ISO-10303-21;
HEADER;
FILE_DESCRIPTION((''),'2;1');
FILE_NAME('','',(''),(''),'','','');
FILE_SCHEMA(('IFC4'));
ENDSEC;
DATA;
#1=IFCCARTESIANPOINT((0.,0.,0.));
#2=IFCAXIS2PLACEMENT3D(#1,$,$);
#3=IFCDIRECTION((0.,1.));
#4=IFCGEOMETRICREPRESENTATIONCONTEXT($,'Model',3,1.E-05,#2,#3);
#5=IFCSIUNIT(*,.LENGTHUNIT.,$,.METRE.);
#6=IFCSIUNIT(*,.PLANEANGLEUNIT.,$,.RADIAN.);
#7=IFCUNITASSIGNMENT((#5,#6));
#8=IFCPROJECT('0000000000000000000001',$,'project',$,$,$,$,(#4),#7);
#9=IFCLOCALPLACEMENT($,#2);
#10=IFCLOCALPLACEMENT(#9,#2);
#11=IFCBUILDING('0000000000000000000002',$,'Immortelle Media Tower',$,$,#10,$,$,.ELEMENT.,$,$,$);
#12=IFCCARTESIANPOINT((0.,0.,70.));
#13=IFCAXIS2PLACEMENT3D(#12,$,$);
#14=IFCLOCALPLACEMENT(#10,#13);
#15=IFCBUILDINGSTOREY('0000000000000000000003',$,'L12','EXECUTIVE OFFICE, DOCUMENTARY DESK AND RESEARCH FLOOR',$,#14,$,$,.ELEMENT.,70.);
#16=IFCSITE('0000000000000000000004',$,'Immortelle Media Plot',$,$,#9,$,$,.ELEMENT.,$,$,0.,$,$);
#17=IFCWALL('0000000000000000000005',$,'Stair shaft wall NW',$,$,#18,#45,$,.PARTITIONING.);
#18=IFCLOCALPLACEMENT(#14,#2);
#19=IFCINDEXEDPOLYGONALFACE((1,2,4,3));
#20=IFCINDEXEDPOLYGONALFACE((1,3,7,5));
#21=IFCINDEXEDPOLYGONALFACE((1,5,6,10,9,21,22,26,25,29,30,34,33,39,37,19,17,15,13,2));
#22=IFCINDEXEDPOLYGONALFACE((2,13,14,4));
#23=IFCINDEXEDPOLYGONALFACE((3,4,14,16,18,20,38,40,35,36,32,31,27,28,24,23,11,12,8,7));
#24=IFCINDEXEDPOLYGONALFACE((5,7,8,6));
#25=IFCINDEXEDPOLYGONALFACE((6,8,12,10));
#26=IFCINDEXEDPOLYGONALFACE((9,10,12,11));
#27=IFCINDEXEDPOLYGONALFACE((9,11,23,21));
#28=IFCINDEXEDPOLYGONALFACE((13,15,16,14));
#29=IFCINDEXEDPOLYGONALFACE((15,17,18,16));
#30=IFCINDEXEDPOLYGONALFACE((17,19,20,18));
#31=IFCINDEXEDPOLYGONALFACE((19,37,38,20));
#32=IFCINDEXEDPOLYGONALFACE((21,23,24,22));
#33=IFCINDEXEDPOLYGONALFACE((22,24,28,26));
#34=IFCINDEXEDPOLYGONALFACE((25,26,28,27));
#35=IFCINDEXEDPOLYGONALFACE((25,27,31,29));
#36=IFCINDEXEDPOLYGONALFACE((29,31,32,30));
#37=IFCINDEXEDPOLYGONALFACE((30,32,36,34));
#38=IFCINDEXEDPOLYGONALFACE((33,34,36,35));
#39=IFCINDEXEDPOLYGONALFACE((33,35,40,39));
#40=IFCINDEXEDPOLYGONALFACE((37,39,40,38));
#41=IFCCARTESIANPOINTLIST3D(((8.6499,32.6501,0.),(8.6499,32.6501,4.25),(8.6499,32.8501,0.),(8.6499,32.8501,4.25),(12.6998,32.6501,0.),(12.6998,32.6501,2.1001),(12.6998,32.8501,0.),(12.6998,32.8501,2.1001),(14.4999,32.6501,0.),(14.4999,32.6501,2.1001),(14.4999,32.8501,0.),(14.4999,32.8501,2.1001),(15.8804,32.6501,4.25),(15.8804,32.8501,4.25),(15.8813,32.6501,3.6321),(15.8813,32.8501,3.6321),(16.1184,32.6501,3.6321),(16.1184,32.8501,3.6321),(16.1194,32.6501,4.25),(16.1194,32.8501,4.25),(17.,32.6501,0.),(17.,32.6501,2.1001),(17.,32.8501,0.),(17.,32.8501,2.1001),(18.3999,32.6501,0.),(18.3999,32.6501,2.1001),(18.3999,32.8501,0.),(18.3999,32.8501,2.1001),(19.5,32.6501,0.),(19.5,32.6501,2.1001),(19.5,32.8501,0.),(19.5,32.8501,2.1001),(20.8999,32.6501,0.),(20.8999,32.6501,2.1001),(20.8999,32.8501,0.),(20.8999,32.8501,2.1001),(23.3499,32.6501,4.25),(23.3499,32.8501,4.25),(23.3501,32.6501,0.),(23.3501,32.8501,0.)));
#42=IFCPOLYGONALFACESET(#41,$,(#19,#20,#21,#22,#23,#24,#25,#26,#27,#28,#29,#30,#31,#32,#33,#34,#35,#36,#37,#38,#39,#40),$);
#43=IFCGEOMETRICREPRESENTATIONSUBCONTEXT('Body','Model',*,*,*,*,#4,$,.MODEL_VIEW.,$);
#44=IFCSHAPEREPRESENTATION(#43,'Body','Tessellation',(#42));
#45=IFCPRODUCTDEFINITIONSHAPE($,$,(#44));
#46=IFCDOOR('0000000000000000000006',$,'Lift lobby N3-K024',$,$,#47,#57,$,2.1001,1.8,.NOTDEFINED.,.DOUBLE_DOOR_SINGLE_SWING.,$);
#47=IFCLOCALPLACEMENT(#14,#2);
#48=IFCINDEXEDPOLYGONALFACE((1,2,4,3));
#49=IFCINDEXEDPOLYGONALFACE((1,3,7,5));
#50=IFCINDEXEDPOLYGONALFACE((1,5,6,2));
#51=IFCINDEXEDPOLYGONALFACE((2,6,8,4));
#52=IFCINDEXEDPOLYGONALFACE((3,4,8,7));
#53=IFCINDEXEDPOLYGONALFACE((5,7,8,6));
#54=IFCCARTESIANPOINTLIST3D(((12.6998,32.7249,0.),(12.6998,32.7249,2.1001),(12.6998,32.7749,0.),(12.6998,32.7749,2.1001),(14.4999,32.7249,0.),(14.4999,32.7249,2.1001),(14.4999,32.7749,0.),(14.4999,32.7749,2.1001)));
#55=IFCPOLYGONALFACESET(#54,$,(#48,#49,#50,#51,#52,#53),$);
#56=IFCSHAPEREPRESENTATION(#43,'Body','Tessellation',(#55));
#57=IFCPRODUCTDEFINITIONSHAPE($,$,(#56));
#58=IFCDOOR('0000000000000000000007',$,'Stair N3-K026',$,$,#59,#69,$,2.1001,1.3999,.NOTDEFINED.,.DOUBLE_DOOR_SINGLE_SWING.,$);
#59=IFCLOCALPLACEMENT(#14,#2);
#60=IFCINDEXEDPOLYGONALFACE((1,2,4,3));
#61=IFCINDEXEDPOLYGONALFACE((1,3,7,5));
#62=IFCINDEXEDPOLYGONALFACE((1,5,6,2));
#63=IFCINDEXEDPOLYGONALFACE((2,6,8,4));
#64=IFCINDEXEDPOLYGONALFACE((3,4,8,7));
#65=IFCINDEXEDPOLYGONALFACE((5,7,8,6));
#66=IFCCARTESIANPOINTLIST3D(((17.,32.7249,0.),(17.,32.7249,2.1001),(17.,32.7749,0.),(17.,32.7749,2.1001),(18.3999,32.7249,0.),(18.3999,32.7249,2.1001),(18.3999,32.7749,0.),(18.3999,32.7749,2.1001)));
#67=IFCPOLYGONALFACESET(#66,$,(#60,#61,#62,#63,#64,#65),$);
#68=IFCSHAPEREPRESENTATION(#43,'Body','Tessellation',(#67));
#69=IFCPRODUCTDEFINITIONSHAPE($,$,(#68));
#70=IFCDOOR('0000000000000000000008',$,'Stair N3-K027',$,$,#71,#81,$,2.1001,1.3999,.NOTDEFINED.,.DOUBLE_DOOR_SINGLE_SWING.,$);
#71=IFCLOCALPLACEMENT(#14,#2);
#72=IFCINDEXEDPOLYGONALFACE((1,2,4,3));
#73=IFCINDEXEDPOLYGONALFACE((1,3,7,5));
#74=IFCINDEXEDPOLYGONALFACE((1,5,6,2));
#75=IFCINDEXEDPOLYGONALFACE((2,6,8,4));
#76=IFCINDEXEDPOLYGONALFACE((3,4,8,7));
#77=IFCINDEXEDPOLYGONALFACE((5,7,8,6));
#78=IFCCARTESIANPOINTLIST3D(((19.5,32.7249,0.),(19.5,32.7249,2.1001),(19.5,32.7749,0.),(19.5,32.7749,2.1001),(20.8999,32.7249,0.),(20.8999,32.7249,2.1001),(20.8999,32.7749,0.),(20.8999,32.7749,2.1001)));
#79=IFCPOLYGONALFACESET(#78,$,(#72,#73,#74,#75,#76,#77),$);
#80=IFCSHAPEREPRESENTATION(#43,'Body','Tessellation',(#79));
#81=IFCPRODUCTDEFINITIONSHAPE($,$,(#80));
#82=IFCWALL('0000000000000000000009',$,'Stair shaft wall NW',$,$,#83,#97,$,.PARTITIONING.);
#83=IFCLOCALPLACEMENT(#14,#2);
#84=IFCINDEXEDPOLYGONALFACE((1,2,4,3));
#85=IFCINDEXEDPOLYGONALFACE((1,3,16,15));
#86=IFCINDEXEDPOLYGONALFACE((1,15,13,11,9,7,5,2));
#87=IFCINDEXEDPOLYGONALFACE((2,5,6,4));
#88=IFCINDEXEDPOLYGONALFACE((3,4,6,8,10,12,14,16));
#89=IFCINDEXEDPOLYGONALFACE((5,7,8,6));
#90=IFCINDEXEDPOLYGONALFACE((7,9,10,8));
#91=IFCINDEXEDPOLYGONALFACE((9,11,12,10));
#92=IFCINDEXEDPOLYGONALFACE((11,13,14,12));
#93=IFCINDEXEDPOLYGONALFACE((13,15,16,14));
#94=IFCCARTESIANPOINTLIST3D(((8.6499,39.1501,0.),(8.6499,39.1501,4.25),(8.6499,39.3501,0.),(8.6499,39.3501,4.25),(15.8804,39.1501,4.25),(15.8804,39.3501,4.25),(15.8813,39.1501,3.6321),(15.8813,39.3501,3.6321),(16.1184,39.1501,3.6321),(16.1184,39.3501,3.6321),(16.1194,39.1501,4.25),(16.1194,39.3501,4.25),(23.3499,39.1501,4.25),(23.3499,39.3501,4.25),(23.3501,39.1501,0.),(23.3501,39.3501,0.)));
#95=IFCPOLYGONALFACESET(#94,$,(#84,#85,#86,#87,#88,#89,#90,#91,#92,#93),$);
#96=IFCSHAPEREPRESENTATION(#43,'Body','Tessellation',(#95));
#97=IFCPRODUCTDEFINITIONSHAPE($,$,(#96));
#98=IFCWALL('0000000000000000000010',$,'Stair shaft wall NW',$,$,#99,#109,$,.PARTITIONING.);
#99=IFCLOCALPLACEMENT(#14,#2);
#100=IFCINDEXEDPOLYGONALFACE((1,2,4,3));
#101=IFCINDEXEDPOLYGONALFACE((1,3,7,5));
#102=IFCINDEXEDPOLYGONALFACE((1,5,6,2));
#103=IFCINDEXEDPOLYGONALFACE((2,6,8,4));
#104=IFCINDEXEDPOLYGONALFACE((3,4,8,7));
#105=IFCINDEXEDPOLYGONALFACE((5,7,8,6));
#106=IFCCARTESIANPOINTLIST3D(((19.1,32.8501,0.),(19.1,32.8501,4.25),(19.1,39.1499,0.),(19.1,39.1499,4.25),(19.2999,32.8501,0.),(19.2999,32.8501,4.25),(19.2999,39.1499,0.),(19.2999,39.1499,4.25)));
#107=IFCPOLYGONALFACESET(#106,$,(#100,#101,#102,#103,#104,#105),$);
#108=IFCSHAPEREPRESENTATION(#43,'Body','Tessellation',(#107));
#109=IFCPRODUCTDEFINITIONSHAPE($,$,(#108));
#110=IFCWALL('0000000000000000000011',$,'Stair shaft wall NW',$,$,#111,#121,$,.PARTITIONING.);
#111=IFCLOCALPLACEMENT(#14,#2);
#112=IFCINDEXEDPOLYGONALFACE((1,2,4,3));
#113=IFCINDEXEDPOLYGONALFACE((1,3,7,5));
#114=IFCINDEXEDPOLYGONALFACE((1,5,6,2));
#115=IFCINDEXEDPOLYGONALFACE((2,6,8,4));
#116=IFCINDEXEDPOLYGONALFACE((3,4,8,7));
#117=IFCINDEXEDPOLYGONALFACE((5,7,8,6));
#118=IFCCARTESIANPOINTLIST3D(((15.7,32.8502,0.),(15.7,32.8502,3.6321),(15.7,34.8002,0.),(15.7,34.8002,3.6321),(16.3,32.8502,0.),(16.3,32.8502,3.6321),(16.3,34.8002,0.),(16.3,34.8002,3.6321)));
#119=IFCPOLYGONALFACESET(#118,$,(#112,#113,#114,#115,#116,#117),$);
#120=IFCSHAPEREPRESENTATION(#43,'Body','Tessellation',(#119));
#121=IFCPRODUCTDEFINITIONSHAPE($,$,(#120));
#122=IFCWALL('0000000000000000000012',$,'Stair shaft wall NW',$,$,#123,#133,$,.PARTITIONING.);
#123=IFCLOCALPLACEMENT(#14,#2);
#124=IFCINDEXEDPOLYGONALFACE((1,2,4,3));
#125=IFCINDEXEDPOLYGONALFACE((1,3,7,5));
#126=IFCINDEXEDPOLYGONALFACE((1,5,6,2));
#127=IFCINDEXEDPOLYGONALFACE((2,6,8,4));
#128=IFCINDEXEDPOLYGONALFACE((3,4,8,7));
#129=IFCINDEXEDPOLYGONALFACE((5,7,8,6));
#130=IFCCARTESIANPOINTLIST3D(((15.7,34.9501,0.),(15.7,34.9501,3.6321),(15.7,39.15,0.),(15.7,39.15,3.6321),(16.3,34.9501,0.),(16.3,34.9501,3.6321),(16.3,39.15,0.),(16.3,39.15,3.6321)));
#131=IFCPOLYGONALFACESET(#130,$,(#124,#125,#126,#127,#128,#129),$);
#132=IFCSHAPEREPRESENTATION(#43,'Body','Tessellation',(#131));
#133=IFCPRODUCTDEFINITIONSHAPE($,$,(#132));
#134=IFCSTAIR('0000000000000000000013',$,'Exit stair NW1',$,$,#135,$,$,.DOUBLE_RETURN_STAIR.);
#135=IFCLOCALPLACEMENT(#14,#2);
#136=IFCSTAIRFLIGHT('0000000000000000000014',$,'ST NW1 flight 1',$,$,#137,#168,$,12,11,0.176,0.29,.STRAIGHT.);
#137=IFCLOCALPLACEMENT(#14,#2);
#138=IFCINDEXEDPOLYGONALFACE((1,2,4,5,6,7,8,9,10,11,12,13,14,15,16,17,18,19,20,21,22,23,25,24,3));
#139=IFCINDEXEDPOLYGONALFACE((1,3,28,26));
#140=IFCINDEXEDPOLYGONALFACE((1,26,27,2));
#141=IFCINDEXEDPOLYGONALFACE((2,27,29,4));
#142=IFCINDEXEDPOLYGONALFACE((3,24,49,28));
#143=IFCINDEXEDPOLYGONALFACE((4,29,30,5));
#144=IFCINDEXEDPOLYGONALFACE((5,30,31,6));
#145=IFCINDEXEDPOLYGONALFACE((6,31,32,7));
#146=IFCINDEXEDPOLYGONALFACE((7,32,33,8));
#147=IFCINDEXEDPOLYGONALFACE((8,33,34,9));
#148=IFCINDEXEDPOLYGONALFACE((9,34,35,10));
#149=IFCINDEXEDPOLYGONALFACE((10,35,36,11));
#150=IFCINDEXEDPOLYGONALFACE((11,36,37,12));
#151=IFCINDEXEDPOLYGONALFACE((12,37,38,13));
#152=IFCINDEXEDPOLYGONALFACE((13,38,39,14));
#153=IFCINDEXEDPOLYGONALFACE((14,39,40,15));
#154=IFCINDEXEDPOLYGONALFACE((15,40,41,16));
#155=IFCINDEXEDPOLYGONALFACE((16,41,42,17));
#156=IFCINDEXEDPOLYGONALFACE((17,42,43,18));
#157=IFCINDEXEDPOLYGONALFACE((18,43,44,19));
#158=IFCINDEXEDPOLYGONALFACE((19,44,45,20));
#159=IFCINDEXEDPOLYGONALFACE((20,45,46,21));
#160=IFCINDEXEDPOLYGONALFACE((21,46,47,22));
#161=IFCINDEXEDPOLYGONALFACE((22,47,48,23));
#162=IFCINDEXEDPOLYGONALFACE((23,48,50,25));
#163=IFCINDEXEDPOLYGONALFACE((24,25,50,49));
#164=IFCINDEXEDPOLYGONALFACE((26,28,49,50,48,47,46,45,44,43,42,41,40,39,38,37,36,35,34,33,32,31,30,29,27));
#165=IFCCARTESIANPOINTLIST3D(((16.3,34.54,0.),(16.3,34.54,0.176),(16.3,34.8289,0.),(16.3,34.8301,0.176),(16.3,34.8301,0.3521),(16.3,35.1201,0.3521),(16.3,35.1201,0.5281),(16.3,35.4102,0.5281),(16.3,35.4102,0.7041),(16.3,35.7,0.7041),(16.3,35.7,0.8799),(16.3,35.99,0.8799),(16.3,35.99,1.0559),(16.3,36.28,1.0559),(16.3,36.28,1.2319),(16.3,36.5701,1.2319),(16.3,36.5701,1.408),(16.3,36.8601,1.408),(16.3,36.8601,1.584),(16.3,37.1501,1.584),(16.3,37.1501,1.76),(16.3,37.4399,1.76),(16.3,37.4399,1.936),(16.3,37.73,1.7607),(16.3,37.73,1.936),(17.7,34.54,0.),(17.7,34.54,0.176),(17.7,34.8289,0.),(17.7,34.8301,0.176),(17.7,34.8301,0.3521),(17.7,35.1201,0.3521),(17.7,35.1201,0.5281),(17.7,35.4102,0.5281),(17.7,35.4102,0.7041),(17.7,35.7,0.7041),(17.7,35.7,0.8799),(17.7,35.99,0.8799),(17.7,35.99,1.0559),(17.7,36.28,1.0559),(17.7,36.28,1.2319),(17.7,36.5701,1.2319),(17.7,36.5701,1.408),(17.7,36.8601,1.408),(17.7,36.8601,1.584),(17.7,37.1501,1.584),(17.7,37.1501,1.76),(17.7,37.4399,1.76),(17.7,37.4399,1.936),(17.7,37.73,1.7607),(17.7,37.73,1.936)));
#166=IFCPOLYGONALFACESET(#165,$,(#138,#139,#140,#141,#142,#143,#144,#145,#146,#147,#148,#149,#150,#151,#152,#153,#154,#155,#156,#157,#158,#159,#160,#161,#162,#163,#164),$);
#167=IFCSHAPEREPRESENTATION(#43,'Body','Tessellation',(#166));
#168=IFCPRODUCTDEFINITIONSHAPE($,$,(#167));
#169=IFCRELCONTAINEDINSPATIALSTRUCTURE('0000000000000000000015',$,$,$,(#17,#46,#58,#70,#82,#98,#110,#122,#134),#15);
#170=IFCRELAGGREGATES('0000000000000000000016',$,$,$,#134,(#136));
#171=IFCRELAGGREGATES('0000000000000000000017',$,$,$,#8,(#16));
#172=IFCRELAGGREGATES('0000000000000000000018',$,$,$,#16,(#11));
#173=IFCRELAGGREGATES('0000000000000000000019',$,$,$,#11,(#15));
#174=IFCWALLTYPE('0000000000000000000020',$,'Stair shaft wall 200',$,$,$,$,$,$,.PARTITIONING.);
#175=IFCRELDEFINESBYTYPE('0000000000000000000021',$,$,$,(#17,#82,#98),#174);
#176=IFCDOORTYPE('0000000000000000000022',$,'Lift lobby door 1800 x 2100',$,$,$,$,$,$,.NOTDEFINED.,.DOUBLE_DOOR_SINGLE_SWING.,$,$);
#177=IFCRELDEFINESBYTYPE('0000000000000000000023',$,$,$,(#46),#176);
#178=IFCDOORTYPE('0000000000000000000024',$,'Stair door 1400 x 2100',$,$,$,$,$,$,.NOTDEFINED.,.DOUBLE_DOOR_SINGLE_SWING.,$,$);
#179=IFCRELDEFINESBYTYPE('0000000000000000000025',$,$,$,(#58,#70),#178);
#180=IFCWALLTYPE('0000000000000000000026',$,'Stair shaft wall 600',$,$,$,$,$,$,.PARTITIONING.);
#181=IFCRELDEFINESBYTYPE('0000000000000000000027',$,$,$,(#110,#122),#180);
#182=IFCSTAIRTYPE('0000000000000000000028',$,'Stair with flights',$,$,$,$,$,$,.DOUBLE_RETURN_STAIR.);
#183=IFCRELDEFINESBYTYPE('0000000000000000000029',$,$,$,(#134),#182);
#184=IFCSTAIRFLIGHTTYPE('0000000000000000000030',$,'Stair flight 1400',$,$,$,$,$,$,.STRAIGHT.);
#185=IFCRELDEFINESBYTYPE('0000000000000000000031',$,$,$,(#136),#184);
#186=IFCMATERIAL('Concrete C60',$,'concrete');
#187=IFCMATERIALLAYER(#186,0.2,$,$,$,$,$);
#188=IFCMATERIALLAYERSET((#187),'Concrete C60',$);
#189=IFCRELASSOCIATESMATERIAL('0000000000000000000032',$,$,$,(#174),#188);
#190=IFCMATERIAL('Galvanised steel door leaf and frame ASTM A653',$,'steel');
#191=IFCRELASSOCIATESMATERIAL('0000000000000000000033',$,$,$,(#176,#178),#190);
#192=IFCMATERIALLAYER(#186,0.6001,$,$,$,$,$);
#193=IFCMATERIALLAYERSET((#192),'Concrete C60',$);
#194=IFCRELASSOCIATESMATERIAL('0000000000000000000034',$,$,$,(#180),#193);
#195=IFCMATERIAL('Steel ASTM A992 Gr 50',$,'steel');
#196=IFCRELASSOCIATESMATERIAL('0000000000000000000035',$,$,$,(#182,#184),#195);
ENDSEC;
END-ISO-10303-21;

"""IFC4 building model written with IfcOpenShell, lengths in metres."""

from ifc_helpers import new_model, si_unit, direction, frame, frame_2d, origin, place, context, subcontext, project, spatial, polyline, rectangle, outline, extrude, material, layer, layer_set, type_object, element, fill, aggregate, save


model = new_model("IFC4")

# Units and contexts
model_context = context("Model", 3, precision=1e-05, world=origin(), true_north=direction((0.0, 1.0)))
body_context = subcontext(model_context, "Body", "Model", "MODEL_VIEW")
ifc_project = project(units=[si_unit("LENGTHUNIT", "METRE"), si_unit("PLANEANGLEUNIT", "RADIAN")], contexts=[model_context])

# Site, building, storey
site_placement = place(None, origin())
site = spatial("IfcSite", under=ifc_project, at=site_placement, Name="Immortelle Media Plot", CompositionType="ELEMENT", RefElevation=0.0)
building_placement = place(site_placement, origin())
building = spatial("IfcBuilding", under=site, at=building_placement, Name="Immortelle Media Tower", CompositionType="ELEMENT")
storey_placement = place(building_placement, frame((0.0, 0.0, 70.0)))
storey = spatial("IfcBuildingStorey", under=building, at=storey_placement, Name="L12", Description="EXECUTIVE OFFICE, DOCUMENTARY DESK AND RESEARCH FLOOR", CompositionType="ELEMENT", Elevation=70.0)

# Shared definitions
ifc_material_1 = material(Name="Steel ASTM A992 Gr 50", Category="steel")

# Shared definitions
ifc_material_2 = material(Name="Galvanised steel door leaf and frame ASTM A653", Category="steel")

# Wall, openings, doors
ifc_material_3 = material(Name="Concrete C60", Category="concrete")
ifc_layer_1 = layer(ifc_material_3, 0.2)
ifc_layer_set_1 = layer_set([ifc_layer_1], Name="Concrete C60")
wall_type_1 = type_object("IfcWallType", Name="Stair shaft wall 200", PredefinedType="PARTITIONING", material=ifc_layer_set_1)
wall_1_placement = place(storey_placement, frame((8.6499, 32.75, 0.0), z_axis=(0.0, 0.0, 1.0), x_axis=(1.0, 0.0, 0.0)))
wall_1 = element("IfcWall", 1, at=wall_1_placement, inside=storey, type_object=wall_type_1, Name="Stair shaft wall NW", PredefinedType="PARTITIONING", context=body_context, shape_type="SweptSolid", body=[
    extrude(outline(polyline([(0.0, 0.0), (14.7002, 0.0), (14.7, 4.25), (7.4695, 4.25), (7.4685, 3.6321), (7.2314, 3.6321), (7.2305, 4.25), (0.0, 4.25), (0.0, 0.0)])), frame((0.0, 0.1001, 0.0), z_axis=(0.0, -1.0, 0.0), x_axis=(1.0, 0.0, 0.0)), (0.0, 0.0, 1.0), 0.2),
])
opening_1_placement = place(wall_1_placement, frame((4.05, 0.0, 0.0)))
opening_1 = element("IfcOpeningElement", 2, at=opening_1_placement, cuts=wall_1, PredefinedType="OPENING", context=body_context, shape_type="SweptSolid", body=[
    extrude(rectangle(XDim=1.8, YDim=2.1001, at=frame_2d((0.8999, 1.05))), frame((0.0, 0.1099, 0.0), z_axis=(0.0, -1.0, 0.0), x_axis=(1.0, 0.0, 0.0)), (0.0, 0.0, 1.0), 0.22),
])
opening_2_placement = place(wall_1_placement, frame((8.3501, 0.0, 0.0)))
opening_2 = element("IfcOpeningElement", 3, at=opening_2_placement, cuts=wall_1, PredefinedType="OPENING", context=body_context, shape_type="SweptSolid", body=[
    extrude(rectangle(XDim=1.3999, YDim=2.1001, at=frame_2d((0.7, 1.05))), frame((0.0, 0.1099, 0.0), z_axis=(0.0, -1.0, 0.0), x_axis=(1.0, 0.0, 0.0)), (0.0, 0.0, 1.0), 0.22),
])
opening_3_placement = place(wall_1_placement, frame((10.8501, 0.0, 0.0)))
opening_3 = element("IfcOpeningElement", 4, at=opening_3_placement, cuts=wall_1, PredefinedType="OPENING", context=body_context, shape_type="SweptSolid", body=[
    extrude(rectangle(XDim=1.3999, YDim=2.1001, at=frame_2d((0.7, 1.05))), frame((0.0, 0.1099, 0.0), z_axis=(0.0, -1.0, 0.0), x_axis=(1.0, 0.0, 0.0)), (0.0, 0.0, 1.0), 0.22),
])
door_type_1 = type_object("IfcDoorType", Name="Lift lobby door 1800 x 2100", OperationType="DOUBLE_DOOR_SINGLE_SWING", PredefinedType="NOTDEFINED", material=ifc_material_2)
door_1_placement = place(opening_1_placement, origin())
door_1 = element("IfcDoor", 5, at=door_1_placement, inside=storey, type_object=door_type_1, Name="Lift lobby N3-K024", OperationType="DOUBLE_DOOR_SINGLE_SWING", OverallHeight=2.1001, OverallWidth=1.8, PredefinedType="NOTDEFINED", context=body_context, shape_type="SweptSolid", body=[
    extrude(rectangle(XDim=1.8, YDim=2.1001, at=frame_2d((0.8999, 1.05))), frame((0.0, 0.0249, 0.0), z_axis=(0.0, -1.0, 0.0), x_axis=(1.0, 0.0, 0.0)), (0.0, 0.0, 1.0), 0.05),
])
fill(opening_1, door_1)
door_type_2 = type_object("IfcDoorType", Name="Stair door 1400 x 2100", OperationType="DOUBLE_DOOR_SINGLE_SWING", PredefinedType="NOTDEFINED", material=ifc_material_2)
door_2_placement = place(opening_2_placement, origin())
door_2 = element("IfcDoor", 6, at=door_2_placement, inside=storey, type_object=door_type_2, Name="Stair N3-K026", OperationType="DOUBLE_DOOR_SINGLE_SWING", OverallHeight=2.1001, OverallWidth=1.3999, PredefinedType="NOTDEFINED", context=body_context, shape_type="SweptSolid", body=[
    extrude(rectangle(XDim=1.3999, YDim=2.1001, at=frame_2d((0.7, 1.05))), frame((0.0, 0.0249, 0.0), z_axis=(0.0, -1.0, 0.0), x_axis=(1.0, 0.0, 0.0)), (0.0, 0.0, 1.0), 0.05),
])
fill(opening_2, door_2)
door_3_placement = place(opening_3_placement, origin())
door_3 = element("IfcDoor", 7, at=door_3_placement, inside=storey, type_object=door_type_2, Name="Stair N3-K027", OperationType="DOUBLE_DOOR_SINGLE_SWING", OverallHeight=2.1001, OverallWidth=1.3999, PredefinedType="NOTDEFINED", context=body_context, shape_type="SweptSolid", body=[
    extrude(rectangle(XDim=1.3999, YDim=2.1001, at=frame_2d((0.7, 1.05))), frame((0.0, 0.0249, 0.0), z_axis=(0.0, -1.0, 0.0), x_axis=(1.0, 0.0, 0.0)), (0.0, 0.0, 1.0), 0.05),
])
fill(opening_3, door_3)

# Walls
wall_2_placement = place(storey_placement, frame((8.6499, 39.25, 0.0), z_axis=(0.0, 0.0, 1.0), x_axis=(1.0, 0.0, 0.0)))
element("IfcWall", 8, at=wall_2_placement, inside=storey, type_object=wall_type_1, Name="Stair shaft wall NW", PredefinedType="PARTITIONING", context=body_context, shape_type="SweptSolid", body=[
    extrude(outline(polyline([(0.0, 0.0), (14.7002, 0.0), (14.7, 4.25), (7.4695, 4.25), (7.4685, 3.6321), (7.2314, 3.6321), (7.2305, 4.25), (0.0, 4.25), (0.0, 0.0)])), frame((0.0, 0.1001, 0.0), z_axis=(0.0, -1.0, 0.0), x_axis=(1.0, 0.0, 0.0)), (0.0, 0.0, 1.0), 0.2),
])
wall_3_placement = place(storey_placement, frame((19.2, 32.8501, 0.0), z_axis=(0.0, 0.0, 1.0), x_axis=(0.0, 1.0, 0.0)))
element("IfcWall", 9, at=wall_3_placement, inside=storey, type_object=wall_type_1, Name="Stair shaft wall NW", PredefinedType="PARTITIONING", context=body_context, shape_type="SweptSolid", body=[
    extrude(rectangle(XDim=6.2998, YDim=0.2, at=frame_2d((3.1499, 0.0))), origin(), (0.0, 0.0, 1.0), 4.25),
])
ifc_layer_2 = layer(ifc_material_3, 0.6001)
ifc_layer_set_2 = layer_set([ifc_layer_2], Name="Concrete C60")
wall_type_2 = type_object("IfcWallType", Name="Stair shaft wall 600", PredefinedType="PARTITIONING", material=ifc_layer_set_2)
wall_4_placement = place(storey_placement, frame((16.0, 32.8501, 0.0), z_axis=(0.0, 0.0, 1.0), x_axis=(0.0, 1.0, 0.0)))
element("IfcWall", 10, at=wall_4_placement, inside=storey, type_object=wall_type_2, Name="Stair shaft wall NW", PredefinedType="PARTITIONING", context=body_context, shape_type="SweptSolid", body=[
    extrude(rectangle(XDim=1.95, YDim=0.6001, at=frame_2d((0.9751, 0.0))), origin(), (0.0, 0.0, 1.0), 3.6321),
])
wall_5_placement = place(storey_placement, frame((16.0, 34.95, 0.0), z_axis=(0.0, 0.0, 1.0), x_axis=(0.0, 1.0, 0.0)))
element("IfcWall", 11, at=wall_5_placement, inside=storey, type_object=wall_type_2, Name="Stair shaft wall NW", PredefinedType="PARTITIONING", context=body_context, shape_type="SweptSolid", body=[
    extrude(rectangle(XDim=4.2, YDim=0.6001, at=frame_2d((2.1001, 0.0))), origin(), (0.0, 0.0, 1.0), 3.6321),
])

# Stair, stair flight
stair_type = type_object("IfcStairType", Name="Stair with flights", PredefinedType="DOUBLE_RETURN_STAIR", material=ifc_material_1)
stair_placement = place(storey_placement, origin())
stair = element("IfcStair", 12, at=stair_placement, inside=storey, type_object=stair_type, Name="Exit stair NW1", PredefinedType="DOUBLE_RETURN_STAIR")
stair_flight_type = type_object("IfcStairFlightType", Name="Stair flight 1400", PredefinedType="STRAIGHT", material=ifc_material_1)
stair_flight_1_placement = place(storey_placement, frame((17.0, 34.54, 0.0), z_axis=(0.0, 0.0, 1.0), x_axis=(0.0, 1.0, 0.0)))
stair_flight_1 = element("IfcStairFlight", 13, at=stair_flight_1_placement, type_object=stair_flight_type, Name="ST NW1 flight 1", NumberOfRisers=12, NumberOfTreads=11, PredefinedType="STRAIGHT", RiserHeight=0.176, TreadLength=0.29, context=body_context, shape_type="SweptSolid", body=[
    extrude(outline(polyline([(0.0, 0.0), (0.0, 0.176), (0.29, 0.176), (0.29, 0.3521), (0.5801, 0.3521), (0.5801, 0.5281), (0.8701, 0.5281), (0.8701, 0.7041), (1.1599, 0.7041), (1.1599, 0.8799), (1.45, 0.8799), (1.45, 1.0559), (1.74, 1.0559), (1.74, 1.2319), (2.03, 1.2319), (2.03, 1.408), (2.3201, 1.408), (2.3201, 1.584), (2.6101, 1.584), (2.6101, 1.76), (2.8999, 1.76), (2.8999, 1.936), (3.1899, 1.936), (3.1899, 2.1121), (3.1899, 1.7607), (0.2888, 0.0), (0.0, 0.0)])), frame((0.0, 0.7, 0.0), z_axis=(0.0, -1.0, 0.0), x_axis=(1.0, 0.0, 0.0)), (0.0, 0.0, 1.0), 1.3999),
])
aggregate(stair, [stair_flight_1])

save(model, "model.ifc")
